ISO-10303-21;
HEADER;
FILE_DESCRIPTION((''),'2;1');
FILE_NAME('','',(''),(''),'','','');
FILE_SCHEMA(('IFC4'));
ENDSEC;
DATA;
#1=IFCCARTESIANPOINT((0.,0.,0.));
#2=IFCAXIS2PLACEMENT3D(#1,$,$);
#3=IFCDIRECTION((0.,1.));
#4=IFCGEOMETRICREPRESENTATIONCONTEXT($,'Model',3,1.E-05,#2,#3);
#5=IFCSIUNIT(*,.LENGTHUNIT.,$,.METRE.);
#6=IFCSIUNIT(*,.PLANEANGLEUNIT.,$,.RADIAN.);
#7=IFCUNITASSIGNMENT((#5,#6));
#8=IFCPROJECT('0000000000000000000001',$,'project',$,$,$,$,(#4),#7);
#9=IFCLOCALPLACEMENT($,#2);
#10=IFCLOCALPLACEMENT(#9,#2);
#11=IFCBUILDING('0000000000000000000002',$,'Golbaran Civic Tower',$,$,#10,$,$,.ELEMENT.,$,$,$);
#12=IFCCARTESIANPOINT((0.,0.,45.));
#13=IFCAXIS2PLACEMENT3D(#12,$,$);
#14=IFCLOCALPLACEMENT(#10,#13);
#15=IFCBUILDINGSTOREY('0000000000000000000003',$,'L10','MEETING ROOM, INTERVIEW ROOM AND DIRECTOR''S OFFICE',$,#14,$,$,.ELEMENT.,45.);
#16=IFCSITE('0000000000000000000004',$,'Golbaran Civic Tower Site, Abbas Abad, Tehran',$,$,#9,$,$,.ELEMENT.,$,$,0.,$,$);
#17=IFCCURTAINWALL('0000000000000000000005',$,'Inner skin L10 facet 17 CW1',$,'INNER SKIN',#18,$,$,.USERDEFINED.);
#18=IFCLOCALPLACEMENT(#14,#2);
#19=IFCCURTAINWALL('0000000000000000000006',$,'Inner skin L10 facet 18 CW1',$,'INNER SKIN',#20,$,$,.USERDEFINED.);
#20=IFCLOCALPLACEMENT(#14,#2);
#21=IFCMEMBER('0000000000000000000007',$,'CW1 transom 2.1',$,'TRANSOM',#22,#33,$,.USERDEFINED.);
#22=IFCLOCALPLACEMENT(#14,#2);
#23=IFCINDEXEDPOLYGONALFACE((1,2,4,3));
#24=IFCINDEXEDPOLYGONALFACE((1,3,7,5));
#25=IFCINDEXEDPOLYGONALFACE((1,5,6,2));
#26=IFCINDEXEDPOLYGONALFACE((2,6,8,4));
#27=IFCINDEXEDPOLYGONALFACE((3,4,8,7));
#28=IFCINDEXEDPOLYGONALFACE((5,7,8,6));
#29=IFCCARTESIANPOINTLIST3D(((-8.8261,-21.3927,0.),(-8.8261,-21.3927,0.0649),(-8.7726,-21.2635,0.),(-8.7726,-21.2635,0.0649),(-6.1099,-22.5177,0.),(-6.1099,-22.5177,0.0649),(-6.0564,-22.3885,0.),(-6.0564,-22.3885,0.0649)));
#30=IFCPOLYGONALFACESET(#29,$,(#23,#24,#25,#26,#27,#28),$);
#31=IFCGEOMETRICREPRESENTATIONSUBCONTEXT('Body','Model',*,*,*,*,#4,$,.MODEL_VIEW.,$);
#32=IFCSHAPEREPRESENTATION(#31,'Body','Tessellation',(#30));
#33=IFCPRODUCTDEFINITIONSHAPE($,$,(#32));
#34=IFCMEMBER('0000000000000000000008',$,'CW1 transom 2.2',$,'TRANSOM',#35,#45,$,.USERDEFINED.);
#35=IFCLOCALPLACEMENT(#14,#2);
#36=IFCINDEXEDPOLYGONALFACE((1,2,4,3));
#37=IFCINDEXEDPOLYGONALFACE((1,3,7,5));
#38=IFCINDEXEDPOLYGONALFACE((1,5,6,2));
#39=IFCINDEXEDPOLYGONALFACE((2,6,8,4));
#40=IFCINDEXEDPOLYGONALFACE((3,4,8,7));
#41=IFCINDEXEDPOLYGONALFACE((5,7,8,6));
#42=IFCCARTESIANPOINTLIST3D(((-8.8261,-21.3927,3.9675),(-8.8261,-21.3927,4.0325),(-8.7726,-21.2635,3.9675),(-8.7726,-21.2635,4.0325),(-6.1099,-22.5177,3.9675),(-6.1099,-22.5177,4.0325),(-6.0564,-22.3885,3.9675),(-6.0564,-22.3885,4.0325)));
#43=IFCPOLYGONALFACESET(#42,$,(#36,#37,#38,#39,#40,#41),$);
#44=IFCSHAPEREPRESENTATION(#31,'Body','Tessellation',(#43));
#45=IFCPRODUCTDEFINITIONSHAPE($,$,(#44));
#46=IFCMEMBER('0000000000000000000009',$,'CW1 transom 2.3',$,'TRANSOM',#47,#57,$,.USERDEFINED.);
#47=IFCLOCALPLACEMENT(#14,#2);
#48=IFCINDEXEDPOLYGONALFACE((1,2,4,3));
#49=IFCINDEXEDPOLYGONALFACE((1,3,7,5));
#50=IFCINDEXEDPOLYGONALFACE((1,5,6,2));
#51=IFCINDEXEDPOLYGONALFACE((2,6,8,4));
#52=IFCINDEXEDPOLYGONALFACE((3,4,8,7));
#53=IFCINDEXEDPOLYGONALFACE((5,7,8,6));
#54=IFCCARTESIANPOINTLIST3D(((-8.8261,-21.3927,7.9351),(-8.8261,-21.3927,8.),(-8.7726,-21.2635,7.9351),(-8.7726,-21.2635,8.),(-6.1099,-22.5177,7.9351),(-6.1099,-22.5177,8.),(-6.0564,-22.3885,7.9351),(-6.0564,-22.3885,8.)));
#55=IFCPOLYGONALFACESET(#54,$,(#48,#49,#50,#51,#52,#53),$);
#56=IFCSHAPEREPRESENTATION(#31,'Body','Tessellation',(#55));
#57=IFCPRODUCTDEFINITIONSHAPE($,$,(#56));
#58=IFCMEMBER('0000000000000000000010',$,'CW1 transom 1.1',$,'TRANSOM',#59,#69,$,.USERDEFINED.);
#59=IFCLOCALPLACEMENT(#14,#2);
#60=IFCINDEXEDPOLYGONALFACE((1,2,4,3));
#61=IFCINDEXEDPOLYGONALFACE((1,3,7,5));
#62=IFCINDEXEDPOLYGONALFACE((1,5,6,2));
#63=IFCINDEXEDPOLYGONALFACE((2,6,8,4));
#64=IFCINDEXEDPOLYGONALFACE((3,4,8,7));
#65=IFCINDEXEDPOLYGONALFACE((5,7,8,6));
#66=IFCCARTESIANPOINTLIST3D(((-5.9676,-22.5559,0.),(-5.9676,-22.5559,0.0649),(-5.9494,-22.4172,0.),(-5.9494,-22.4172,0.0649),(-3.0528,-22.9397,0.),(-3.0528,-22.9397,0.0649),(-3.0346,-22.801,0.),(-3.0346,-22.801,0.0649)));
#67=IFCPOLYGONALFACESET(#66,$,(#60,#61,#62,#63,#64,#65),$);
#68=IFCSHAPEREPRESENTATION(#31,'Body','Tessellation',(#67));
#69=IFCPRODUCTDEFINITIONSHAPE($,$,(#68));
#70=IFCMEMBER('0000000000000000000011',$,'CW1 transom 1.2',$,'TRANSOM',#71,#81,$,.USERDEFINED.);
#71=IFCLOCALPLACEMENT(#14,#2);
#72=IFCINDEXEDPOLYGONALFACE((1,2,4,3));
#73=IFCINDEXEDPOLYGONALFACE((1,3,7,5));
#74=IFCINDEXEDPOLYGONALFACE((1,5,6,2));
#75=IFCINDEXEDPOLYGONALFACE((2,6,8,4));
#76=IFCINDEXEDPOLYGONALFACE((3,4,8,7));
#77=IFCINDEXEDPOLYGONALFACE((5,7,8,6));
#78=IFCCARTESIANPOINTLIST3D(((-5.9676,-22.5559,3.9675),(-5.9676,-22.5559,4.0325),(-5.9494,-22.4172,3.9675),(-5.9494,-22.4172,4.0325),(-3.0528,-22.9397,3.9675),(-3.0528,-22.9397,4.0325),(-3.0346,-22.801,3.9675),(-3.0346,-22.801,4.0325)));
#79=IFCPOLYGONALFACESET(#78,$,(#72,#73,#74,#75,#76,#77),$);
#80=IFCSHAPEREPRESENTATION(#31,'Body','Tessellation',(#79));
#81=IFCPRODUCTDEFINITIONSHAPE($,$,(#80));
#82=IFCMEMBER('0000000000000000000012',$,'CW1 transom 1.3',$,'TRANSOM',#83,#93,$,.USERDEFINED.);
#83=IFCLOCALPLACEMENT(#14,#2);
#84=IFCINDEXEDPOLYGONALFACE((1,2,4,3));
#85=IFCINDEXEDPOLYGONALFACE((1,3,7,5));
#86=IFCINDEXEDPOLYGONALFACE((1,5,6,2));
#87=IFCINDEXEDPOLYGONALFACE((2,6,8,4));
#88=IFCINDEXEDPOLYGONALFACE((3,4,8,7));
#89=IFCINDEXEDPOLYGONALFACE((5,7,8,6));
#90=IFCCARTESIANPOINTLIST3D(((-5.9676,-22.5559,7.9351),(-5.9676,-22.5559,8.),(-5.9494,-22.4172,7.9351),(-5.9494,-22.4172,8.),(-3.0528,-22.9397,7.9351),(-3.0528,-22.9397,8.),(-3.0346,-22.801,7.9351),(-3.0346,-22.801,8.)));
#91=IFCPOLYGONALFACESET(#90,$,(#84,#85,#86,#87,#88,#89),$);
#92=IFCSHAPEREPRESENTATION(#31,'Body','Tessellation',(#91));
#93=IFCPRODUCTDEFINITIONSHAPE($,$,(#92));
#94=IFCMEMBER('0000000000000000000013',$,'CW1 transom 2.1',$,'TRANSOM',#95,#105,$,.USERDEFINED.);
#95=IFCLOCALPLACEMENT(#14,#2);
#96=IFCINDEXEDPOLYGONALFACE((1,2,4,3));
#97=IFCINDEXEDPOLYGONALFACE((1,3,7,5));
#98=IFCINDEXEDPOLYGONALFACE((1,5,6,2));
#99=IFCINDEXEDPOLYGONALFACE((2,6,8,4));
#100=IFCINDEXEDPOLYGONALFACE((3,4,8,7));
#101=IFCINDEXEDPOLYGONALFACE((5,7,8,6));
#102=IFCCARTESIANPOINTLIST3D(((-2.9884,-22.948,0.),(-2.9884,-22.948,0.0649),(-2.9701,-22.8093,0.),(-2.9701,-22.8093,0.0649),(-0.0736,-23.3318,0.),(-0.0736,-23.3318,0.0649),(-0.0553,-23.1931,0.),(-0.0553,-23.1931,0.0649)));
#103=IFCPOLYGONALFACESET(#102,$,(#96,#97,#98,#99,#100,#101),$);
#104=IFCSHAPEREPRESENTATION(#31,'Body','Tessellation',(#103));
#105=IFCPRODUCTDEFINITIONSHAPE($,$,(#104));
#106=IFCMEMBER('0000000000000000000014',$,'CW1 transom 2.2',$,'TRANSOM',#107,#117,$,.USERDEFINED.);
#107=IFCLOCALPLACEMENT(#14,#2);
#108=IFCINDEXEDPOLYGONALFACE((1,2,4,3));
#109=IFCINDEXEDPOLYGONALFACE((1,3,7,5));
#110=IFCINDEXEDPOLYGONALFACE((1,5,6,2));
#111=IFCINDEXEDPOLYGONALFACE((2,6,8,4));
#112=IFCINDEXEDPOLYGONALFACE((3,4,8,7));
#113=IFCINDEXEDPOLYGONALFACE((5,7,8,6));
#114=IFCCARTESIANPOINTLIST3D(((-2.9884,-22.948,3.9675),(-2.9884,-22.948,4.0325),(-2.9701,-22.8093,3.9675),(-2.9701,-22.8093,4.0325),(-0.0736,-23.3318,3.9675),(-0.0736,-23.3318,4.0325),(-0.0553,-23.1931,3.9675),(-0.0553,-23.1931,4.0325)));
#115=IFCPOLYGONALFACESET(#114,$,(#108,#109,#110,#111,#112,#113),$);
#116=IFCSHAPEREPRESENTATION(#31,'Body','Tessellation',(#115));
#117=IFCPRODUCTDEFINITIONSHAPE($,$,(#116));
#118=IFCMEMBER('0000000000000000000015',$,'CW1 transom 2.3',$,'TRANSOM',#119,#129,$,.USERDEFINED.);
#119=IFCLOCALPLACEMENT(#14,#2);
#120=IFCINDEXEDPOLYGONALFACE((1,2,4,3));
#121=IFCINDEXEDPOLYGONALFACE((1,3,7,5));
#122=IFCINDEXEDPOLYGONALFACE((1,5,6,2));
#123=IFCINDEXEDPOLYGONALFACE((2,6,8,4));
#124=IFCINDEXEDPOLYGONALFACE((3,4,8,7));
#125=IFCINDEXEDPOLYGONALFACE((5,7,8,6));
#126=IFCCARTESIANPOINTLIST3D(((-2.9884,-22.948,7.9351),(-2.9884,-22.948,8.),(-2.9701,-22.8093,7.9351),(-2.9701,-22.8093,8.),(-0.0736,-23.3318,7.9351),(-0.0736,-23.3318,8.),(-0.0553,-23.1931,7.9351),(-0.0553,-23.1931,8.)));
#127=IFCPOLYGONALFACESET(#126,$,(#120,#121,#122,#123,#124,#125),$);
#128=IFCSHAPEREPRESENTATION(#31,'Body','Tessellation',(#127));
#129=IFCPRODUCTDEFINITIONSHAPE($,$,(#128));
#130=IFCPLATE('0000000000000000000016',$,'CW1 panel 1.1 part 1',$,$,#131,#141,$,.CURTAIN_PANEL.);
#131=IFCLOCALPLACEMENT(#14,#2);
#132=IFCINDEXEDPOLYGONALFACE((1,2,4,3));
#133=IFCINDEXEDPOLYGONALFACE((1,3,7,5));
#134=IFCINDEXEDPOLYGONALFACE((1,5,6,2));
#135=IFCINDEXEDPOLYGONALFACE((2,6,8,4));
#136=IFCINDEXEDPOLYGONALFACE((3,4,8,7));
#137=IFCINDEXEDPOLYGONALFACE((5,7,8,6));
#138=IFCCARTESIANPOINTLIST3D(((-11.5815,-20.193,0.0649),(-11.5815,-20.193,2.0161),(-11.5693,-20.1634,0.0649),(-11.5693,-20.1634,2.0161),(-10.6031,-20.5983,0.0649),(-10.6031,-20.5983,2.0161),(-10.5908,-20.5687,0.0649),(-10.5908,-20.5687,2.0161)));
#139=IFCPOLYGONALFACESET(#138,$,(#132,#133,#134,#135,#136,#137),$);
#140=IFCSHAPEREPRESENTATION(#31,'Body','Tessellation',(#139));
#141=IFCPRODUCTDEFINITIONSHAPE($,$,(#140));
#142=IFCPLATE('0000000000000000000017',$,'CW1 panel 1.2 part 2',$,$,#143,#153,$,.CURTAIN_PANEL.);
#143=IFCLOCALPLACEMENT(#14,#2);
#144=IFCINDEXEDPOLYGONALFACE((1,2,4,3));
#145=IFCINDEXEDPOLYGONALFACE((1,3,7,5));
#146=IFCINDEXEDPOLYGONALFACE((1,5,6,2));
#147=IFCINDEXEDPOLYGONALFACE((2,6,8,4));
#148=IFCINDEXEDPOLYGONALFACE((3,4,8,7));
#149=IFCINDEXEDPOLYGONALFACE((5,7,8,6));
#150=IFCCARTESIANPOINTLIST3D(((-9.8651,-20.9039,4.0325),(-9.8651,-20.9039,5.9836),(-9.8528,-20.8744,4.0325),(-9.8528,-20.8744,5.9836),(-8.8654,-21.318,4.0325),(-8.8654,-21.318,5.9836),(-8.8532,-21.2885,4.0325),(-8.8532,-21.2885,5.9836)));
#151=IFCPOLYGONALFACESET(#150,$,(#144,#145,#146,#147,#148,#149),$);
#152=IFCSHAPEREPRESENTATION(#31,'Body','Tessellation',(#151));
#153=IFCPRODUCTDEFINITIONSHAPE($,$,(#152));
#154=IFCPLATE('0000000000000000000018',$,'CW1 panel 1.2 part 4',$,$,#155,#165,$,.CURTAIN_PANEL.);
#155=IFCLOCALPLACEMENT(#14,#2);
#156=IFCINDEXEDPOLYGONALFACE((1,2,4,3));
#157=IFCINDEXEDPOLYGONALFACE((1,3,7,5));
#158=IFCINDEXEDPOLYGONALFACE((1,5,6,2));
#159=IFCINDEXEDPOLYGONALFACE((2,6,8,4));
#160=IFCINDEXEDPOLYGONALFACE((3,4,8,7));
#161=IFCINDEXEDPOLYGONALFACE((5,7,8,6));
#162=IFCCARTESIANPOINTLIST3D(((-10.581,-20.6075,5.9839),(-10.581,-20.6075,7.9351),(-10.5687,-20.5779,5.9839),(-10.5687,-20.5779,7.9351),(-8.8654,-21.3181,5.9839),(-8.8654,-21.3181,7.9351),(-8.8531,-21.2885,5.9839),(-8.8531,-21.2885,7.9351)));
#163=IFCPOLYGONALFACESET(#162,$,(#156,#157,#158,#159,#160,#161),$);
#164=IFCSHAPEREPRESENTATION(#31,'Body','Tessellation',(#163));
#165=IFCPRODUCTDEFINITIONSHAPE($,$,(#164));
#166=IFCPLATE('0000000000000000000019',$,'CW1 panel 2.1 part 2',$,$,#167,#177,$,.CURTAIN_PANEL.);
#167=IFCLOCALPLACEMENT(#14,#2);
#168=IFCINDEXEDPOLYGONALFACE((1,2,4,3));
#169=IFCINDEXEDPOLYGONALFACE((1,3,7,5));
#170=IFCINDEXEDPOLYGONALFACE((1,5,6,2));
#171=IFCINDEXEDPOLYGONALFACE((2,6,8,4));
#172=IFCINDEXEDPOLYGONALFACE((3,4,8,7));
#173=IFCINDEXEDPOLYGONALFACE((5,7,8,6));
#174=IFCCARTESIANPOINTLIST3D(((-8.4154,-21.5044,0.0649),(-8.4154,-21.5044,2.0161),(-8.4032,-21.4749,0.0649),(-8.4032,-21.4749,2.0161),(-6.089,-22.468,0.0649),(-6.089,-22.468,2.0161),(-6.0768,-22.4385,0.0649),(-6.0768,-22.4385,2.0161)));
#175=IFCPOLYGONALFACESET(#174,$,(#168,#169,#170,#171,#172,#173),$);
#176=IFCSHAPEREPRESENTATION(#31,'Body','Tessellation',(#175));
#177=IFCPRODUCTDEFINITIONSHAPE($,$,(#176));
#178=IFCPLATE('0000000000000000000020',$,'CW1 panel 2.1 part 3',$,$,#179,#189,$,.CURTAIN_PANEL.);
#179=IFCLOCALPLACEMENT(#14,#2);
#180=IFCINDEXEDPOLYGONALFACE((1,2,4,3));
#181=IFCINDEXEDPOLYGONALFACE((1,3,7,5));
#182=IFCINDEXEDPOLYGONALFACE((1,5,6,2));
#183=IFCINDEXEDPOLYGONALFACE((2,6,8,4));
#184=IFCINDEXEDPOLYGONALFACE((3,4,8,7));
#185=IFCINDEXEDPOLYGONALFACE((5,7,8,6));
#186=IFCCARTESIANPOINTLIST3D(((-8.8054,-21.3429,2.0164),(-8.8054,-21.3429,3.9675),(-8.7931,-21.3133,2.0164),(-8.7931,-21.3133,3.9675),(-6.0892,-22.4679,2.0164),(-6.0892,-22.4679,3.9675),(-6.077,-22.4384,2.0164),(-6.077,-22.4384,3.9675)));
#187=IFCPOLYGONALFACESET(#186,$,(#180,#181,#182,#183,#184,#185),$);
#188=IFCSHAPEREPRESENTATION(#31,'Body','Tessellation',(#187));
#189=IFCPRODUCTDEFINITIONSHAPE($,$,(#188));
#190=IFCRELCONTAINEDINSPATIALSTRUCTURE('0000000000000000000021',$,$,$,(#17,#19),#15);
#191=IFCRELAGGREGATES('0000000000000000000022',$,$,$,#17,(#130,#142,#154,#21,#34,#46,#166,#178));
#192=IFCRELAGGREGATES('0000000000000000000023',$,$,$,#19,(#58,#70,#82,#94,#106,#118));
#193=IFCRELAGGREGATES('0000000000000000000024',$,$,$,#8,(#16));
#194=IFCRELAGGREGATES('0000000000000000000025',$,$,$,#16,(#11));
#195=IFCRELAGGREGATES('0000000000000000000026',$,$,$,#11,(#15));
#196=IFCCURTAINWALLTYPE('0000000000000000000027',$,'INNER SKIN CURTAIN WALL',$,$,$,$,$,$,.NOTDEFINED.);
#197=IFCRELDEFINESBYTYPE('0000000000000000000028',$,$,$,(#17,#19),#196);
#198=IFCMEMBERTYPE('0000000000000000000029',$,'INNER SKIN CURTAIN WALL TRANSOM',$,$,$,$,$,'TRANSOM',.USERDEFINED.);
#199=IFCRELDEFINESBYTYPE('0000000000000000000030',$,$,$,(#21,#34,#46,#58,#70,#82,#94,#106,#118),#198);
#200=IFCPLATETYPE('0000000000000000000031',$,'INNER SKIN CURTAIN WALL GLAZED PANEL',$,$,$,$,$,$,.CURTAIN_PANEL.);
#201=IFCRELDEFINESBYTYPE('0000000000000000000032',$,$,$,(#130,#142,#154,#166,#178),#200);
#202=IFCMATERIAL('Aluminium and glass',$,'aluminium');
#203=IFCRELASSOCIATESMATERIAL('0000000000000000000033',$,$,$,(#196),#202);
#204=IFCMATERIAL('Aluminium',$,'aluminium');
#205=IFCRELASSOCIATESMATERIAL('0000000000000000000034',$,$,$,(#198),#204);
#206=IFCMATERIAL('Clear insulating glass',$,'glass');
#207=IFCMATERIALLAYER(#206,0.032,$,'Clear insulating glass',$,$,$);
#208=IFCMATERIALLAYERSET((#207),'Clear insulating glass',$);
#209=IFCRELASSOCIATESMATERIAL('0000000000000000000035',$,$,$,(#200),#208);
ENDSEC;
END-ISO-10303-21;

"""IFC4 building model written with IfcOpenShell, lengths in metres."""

from ifc_helpers import new_model, si_unit, direction, frame, origin, origin_2d, place, context, subcontext, project, spatial, rectangle, extrude, material, layer, layer_set, material_profile, profile_set, type_object, element, aggregate, save


model = new_model("IFC4")

# Units and contexts
model_context = context("Model", 3, precision=1e-05, world=origin(), true_north=direction((0.0, 1.0)))
body_context = subcontext(model_context, "Body", "Model", "MODEL_VIEW")
ifc_project = project(units=[si_unit("LENGTHUNIT", "METRE"), si_unit("PLANEANGLEUNIT", "RADIAN")], contexts=[model_context])

# Site, building, storey
site_placement = place(None, origin())
site = spatial("IfcSite", under=ifc_project, at=site_placement, Name="Golbaran Civic Tower Site, Abbas Abad, Tehran", CompositionType="ELEMENT", RefElevation=0.0)
building_placement = place(site_placement, origin())
building = spatial("IfcBuilding", under=site, at=building_placement, Name="Golbaran Civic Tower", CompositionType="ELEMENT")
storey_placement = place(building_placement, frame((0.0, 0.0, 45.0)))
storey = spatial("IfcBuildingStorey", under=building, at=storey_placement, Name="L10", Description="MEETING ROOM, INTERVIEW ROOM AND DIRECTOR'S OFFICE", CompositionType="ELEMENT", Elevation=45.0)

# Curtain walls
ifc_material_1 = material(Name="Aluminium and glass", Category="aluminium")
curtain_wall_type = type_object("IfcCurtainWallType", Name="INNER SKIN CURTAIN WALL", PredefinedType="NOTDEFINED", material=ifc_material_1)
curtain_wall_1_placement = place(storey_placement, origin())
curtain_wall_1 = element("IfcCurtainWall", 1, at=curtain_wall_1_placement, inside=storey, type_object=curtain_wall_type, Name="Inner skin L10 facet 17 CW1", ObjectType="INNER SKIN", PredefinedType="USERDEFINED")
ifc_material_2 = material(Name="Aluminium", Category="aluminium")
curtain_wall_2_placement = place(storey_placement, origin())
curtain_wall_2 = element("IfcCurtainWall", 2, at=curtain_wall_2_placement, inside=storey, type_object=curtain_wall_type, Name="Inner skin L10 facet 18 CW1", ObjectType="INNER SKIN", PredefinedType="USERDEFINED")

# Members
ifc_material_profile_1 = material_profile(ifc_material_2, rectangle(XDim=0.1399, YDim=0.0649, at=origin_2d()), Name="INNER SKIN CURTAIN WALL TRANSOM")
ifc_profile_set_1 = profile_set([ifc_material_profile_1], Name="Aluminium")
member_type_1 = type_object("IfcMemberType", Name="INNER SKIN CURTAIN WALL TRANSOM", ElementType="TRANSOM", PredefinedType="USERDEFINED", material=ifc_profile_set_1)
member_1_placement = place(storey_placement, frame((-8.7993, -21.3281, 0.0325), z_axis=(0.923895, -0.382645, 0.0), x_axis=(0.382645, 0.923895, 0.0)))
member_1 = element("IfcMember", 3, at=member_1_placement, type_object=member_type_1, Name="CW1 transom 2.1", ObjectType="TRANSOM", PredefinedType="USERDEFINED", context=body_context, shape_type="SweptSolid", body=[
    extrude(rectangle(XDim=0.1399, YDim=0.0649, at=origin_2d()), origin(), (0.0, 0.0, 1.0), 2.9399),
])
member_2_placement = place(storey_placement, frame((-8.7993, -21.3281, 4.0), z_axis=(0.923895, -0.382645, 0.0), x_axis=(0.382645, 0.923895, 0.0)))
member_2 = element("IfcMember", 4, at=member_2_placement, type_object=member_type_1, Name="CW1 transom 2.2", ObjectType="TRANSOM", PredefinedType="USERDEFINED", context=body_context, shape_type="SweptSolid", body=[
    extrude(rectangle(XDim=0.1399, YDim=0.0649, at=origin_2d()), origin(), (0.0, 0.0, 1.0), 2.9399),
])
member_3_placement = place(storey_placement, frame((-8.7993, -21.3281, 7.9675), z_axis=(0.923895, -0.382645, 0.0), x_axis=(0.382645, 0.923895, 0.0)))
member_3 = element("IfcMember", 5, at=member_3_placement, type_object=member_type_1, Name="CW1 transom 2.3", ObjectType="TRANSOM", PredefinedType="USERDEFINED", context=body_context, shape_type="SweptSolid", body=[
    extrude(rectangle(XDim=0.1399, YDim=0.0649, at=origin_2d()), origin(), (0.0, 0.0, 1.0), 2.9399),
])
member_4_placement = place(storey_placement, frame((-5.9585, -22.4866, 0.0325), z_axis=(0.991443, -0.130543, 0.0), x_axis=(0.130543, 0.991443, 0.0)))
member_4 = element("IfcMember", 6, at=member_4_placement, type_object=member_type_1, Name="CW1 transom 1.1", ObjectType="TRANSOM", PredefinedType="USERDEFINED", context=body_context, shape_type="SweptSolid", body=[
    extrude(rectangle(XDim=0.1399, YDim=0.0649, at=origin_2d()), origin(), (0.0, 0.0, 1.0), 2.9399),
])
member_5_placement = place(storey_placement, frame((-5.9585, -22.4866, 4.0), z_axis=(0.991443, -0.130543, 0.0), x_axis=(0.130543, 0.991443, 0.0)))
member_5 = element("IfcMember", 7, at=member_5_placement, type_object=member_type_1, Name="CW1 transom 1.2", ObjectType="TRANSOM", PredefinedType="USERDEFINED", context=body_context, shape_type="SweptSolid", body=[
    extrude(rectangle(XDim=0.1399, YDim=0.0649, at=origin_2d()), origin(), (0.0, 0.0, 1.0), 2.9399),
])
member_6_placement = place(storey_placement, frame((-5.9585, -22.4866, 7.9675), z_axis=(0.991443, -0.130543, 0.0), x_axis=(0.130543, 0.991443, 0.0)))
member_6 = element("IfcMember", 8, at=member_6_placement, type_object=member_type_1, Name="CW1 transom 1.3", ObjectType="TRANSOM", PredefinedType="USERDEFINED", context=body_context, shape_type="SweptSolid", body=[
    extrude(rectangle(XDim=0.1399, YDim=0.0649, at=origin_2d()), origin(), (0.0, 0.0, 1.0), 2.9399),
])
member_7_placement = place(storey_placement, frame((-2.9792, -22.8787, 0.0325), z_axis=(0.991443, -0.130543, 0.0), x_axis=(0.130543, 0.991443, 0.0)))
member_7 = element("IfcMember", 9, at=member_7_placement, type_object=member_type_1, Name="CW1 transom 2.1", ObjectType="TRANSOM", PredefinedType="USERDEFINED", context=body_context, shape_type="SweptSolid", body=[
    extrude(rectangle(XDim=0.1399, YDim=0.0649, at=origin_2d()), origin(), (0.0, 0.0, 1.0), 2.9399),
])
member_8_placement = place(storey_placement, frame((-2.9792, -22.8787, 4.0), z_axis=(0.991443, -0.130543, 0.0), x_axis=(0.130543, 0.991443, 0.0)))
member_8 = element("IfcMember", 10, at=member_8_placement, type_object=member_type_1, Name="CW1 transom 2.2", ObjectType="TRANSOM", PredefinedType="USERDEFINED", context=body_context, shape_type="SweptSolid", body=[
    extrude(rectangle(XDim=0.1399, YDim=0.0649, at=origin_2d()), origin(), (0.0, 0.0, 1.0), 2.9399),
])
member_9_placement = place(storey_placement, frame((-2.9792, -22.8787, 7.9675), z_axis=(0.991443, -0.130543, 0.0), x_axis=(0.130543, 0.991443, 0.0)))
member_9 = element("IfcMember", 11, at=member_9_placement, type_object=member_type_1, Name="CW1 transom 2.3", ObjectType="TRANSOM", PredefinedType="USERDEFINED", context=body_context, shape_type="SweptSolid", body=[
    extrude(rectangle(XDim=0.1399, YDim=0.0649, at=origin_2d()), origin(), (0.0, 0.0, 1.0), 2.9399),
])

# Plates
ifc_material_3 = material(Name="Clear insulating glass", Category="glass")
ifc_layer_1 = layer(ifc_material_3, 0.032, Name="Clear insulating glass")
ifc_layer_set_1 = layer_set([ifc_layer_1], Name="Clear insulating glass")
plate_type_1 = type_object("IfcPlateType", Name="INNER SKIN CURTAIN WALL GLAZED PANEL", PredefinedType="CURTAIN_PANEL", material=ifc_layer_set_1)
plate_1_placement = place(storey_placement, frame((-11.0862, -20.3809, 0.0649), z_axis=(0.0, 0.0, 1.0), x_axis=(0.92388, -0.382683, 0.0)))
plate_1 = element("IfcPlate", 12, at=plate_1_placement, type_object=plate_type_1, Name="CW1 panel 1.1 part 1", PredefinedType="CURTAIN_PANEL", context=body_context, shape_type="SweptSolid", body=[
    extrude(rectangle(XDim=1.0591, YDim=0.032, at=origin_2d()), origin(), (0.0, 0.0, 1.0), 1.9512),
])
plate_2_placement = place(storey_placement, frame((-9.3591, -21.0962, 4.0325), z_axis=(0.0, 0.0, 1.0), x_axis=(0.92388, -0.382683, 0.0)))
plate_2 = element("IfcPlate", 13, at=plate_2_placement, type_object=plate_type_1, Name="CW1 panel 1.2 part 2", PredefinedType="CURTAIN_PANEL", context=body_context, shape_type="SweptSolid", body=[
    extrude(rectangle(XDim=1.082, YDim=0.032, at=origin_2d()), origin(), (0.0, 0.0, 1.0), 1.9512),
])
plate_3_placement = place(storey_placement, frame((-9.717, -20.948, 5.9839), z_axis=(0.0, 0.0, 1.0), x_axis=(0.92388, -0.382683, 0.0)))
plate_3 = element("IfcPlate", 14, at=plate_3_placement, type_object=plate_type_1, Name="CW1 panel 1.2 part 4", PredefinedType="CURTAIN_PANEL", context=body_context, shape_type="SweptSolid", body=[
    extrude(rectangle(XDim=1.8569, YDim=0.032, at=origin_2d()), origin(), (0.0, 0.0, 1.0), 1.9512),
])
plate_4_placement = place(storey_placement, frame((-7.2461, -21.9714, 0.0649), z_axis=(0.0, 0.0, 1.0), x_axis=(0.92388, -0.382683, 0.0)))
plate_4 = element("IfcPlate", 15, at=plate_4_placement, type_object=plate_type_1, Name="CW1 panel 2.1 part 2", PredefinedType="CURTAIN_PANEL", context=body_context, shape_type="SweptSolid", body=[
    extrude(rectangle(XDim=2.5181, YDim=0.032, at=origin_2d()), origin(), (0.0, 0.0, 1.0), 1.9512),
])
plate_5_placement = place(storey_placement, frame((-7.4412, -21.8906, 2.0164), z_axis=(0.0, 0.0, 1.0), x_axis=(0.92388, -0.382683, 0.0)))
plate_5 = element("IfcPlate", 16, at=plate_5_placement, type_object=plate_type_1, Name="CW1 panel 2.1 part 3", PredefinedType="CURTAIN_PANEL", context=body_context, shape_type="SweptSolid", body=[
    extrude(rectangle(XDim=2.9399, YDim=0.032, at=origin_2d()), origin(), (0.0, 0.0, 1.0), 1.9512),
])
aggregate(curtain_wall_1, [plate_1, plate_2, plate_3, member_1, member_2, member_3, plate_4, plate_5])
aggregate(curtain_wall_2, [member_4, member_5, member_6, member_7, member_8, member_9])

save(model, "model.ifc")
